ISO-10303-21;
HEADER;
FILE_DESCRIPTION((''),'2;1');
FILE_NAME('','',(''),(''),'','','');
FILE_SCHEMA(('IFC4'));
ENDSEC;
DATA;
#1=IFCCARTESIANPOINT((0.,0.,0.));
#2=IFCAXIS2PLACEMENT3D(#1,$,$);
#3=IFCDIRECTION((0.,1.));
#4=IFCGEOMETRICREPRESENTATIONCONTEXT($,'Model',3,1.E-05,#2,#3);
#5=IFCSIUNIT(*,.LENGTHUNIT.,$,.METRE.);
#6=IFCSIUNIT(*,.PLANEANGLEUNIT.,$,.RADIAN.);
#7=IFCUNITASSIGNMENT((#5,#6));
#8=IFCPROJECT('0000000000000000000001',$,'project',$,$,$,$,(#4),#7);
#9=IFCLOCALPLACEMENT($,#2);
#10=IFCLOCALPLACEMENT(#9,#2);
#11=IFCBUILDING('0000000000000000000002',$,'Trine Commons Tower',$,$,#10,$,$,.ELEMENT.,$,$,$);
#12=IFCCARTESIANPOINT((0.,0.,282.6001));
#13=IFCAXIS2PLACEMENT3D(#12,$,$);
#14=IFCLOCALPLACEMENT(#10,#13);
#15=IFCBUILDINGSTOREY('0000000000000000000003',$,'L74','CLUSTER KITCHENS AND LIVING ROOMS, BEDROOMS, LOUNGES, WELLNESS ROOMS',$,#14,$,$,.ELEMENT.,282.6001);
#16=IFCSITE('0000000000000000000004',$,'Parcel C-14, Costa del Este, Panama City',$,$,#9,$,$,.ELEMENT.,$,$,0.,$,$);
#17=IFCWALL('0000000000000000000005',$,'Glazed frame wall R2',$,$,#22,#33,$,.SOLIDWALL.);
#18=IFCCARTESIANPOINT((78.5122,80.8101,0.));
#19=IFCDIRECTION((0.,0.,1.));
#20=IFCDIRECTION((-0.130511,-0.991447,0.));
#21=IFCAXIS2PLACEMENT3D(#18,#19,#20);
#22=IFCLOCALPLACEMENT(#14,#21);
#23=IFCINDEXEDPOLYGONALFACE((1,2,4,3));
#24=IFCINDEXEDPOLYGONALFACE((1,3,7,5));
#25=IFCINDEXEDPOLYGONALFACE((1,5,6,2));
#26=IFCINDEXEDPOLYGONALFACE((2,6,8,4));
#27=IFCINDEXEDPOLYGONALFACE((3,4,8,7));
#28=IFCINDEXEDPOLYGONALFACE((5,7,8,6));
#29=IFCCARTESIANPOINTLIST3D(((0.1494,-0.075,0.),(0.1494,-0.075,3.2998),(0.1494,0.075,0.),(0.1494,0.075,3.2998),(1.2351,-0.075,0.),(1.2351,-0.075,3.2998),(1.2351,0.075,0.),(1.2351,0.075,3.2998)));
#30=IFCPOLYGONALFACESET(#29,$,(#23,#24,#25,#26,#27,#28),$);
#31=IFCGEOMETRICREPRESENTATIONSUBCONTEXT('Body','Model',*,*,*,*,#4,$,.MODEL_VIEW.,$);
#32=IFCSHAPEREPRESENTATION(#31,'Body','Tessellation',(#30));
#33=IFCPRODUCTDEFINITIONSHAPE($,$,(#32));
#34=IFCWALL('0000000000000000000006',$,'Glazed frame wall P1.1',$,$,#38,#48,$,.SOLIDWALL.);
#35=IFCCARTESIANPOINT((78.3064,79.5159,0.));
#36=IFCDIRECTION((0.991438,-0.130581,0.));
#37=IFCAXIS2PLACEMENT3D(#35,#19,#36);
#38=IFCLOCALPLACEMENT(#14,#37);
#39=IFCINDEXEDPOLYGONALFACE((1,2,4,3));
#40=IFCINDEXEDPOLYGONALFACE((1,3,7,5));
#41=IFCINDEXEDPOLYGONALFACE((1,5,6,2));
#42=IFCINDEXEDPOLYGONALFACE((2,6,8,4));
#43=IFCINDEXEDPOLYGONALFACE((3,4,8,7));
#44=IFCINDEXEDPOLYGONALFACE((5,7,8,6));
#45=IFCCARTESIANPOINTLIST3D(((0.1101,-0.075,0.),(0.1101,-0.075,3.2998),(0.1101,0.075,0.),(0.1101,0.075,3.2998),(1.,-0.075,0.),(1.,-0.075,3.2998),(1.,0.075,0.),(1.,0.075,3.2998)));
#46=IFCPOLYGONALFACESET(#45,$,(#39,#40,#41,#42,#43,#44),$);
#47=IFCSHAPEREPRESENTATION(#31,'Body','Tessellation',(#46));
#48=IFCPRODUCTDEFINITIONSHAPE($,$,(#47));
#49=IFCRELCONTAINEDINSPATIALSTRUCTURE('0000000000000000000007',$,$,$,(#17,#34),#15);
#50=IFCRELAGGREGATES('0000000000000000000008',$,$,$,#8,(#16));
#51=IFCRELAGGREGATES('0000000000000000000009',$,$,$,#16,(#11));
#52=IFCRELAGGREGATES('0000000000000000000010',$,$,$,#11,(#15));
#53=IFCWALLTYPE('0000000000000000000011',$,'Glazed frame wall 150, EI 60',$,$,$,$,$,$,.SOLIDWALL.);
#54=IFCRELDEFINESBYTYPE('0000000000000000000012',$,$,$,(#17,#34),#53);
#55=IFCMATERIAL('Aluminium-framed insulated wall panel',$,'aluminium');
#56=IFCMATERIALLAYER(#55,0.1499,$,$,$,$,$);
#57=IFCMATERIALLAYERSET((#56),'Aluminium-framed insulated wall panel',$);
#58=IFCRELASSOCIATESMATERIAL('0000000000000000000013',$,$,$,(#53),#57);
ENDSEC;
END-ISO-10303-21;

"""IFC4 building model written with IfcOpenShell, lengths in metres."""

from ifc_helpers import new_model, si_unit, direction, frame, origin, place, context, subcontext, project, spatial, polyline, outline, extrude, material, layer, layer_set, type_object, element, save


model = new_model("IFC4")

# Units and contexts
model_context = context("Model", 3, precision=1e-05, world=origin(), true_north=direction((0.0, 1.0)))
body_context = subcontext(model_context, "Body", "Model", "MODEL_VIEW")
ifc_project = project(units=[si_unit("LENGTHUNIT", "METRE"), si_unit("PLANEANGLEUNIT", "RADIAN")], contexts=[model_context])

# Site, building, storey
site_placement = place(None, origin())
site = spatial("IfcSite", under=ifc_project, at=site_placement, Name="Parcel C-14, Costa del Este, Panama City", CompositionType="ELEMENT", RefElevation=0.0)
building_placement = place(site_placement, origin())
building = spatial("IfcBuilding", under=site, at=building_placement, Name="Trine Commons Tower", CompositionType="ELEMENT")
storey_placement = place(building_placement, frame((0.0, 0.0, 282.6001)))
storey = spatial("IfcBuildingStorey", under=building, at=storey_placement, Name="L74", Description="CLUSTER KITCHENS AND LIVING ROOMS, BEDROOMS, LOUNGES, WELLNESS ROOMS", CompositionType="ELEMENT", Elevation=282.6001)

# Walls
ifc_material_1 = material(Name="Aluminium-framed insulated wall panel", Category="aluminium")
ifc_layer_1 = layer(ifc_material_1, 0.1499)
ifc_layer_set_1 = layer_set([ifc_layer_1], Name="Aluminium-framed insulated wall panel")
wall_type_1 = type_object("IfcWallType", Name="Glazed frame wall 150, EI 60", PredefinedType="SOLIDWALL", material=ifc_layer_set_1)
wall_1_placement = place(storey_placement, frame((78.5122, 80.8101, 0.0), z_axis=(0.0, 0.0, 1.0), x_axis=(-0.130511, -0.991447, 0.0)))
element("IfcWall", 1, at=wall_1_placement, inside=storey, type_object=wall_type_1, Name="Glazed frame wall R2", PredefinedType="SOLIDWALL", context=body_context, shape_type="SweptSolid", body=[
    extrude(outline(polyline([(0.1494, 0.075), (0.1494, -0.075), (1.2351, -0.075), (1.2351, 0.075), (0.1494, 0.075)])), origin(), (0.0, 0.0, 1.0), 3.2998),
])
wall_2_placement = place(storey_placement, frame((78.3064, 79.5159, 0.0), z_axis=(0.0, 0.0, 1.0), x_axis=(0.991438, -0.130581, 0.0)))
element("IfcWall", 2, at=wall_2_placement, inside=storey, type_object=wall_type_1, Name="Glazed frame wall P1.1", PredefinedType="SOLIDWALL", context=body_context, shape_type="SweptSolid", body=[
    extrude(outline(polyline([(0.1101, -0.075), (1.0, -0.075), (1.0, 0.075), (0.1101, 0.075), (0.1101, -0.075)])), origin(), (0.0, 0.0, 1.0), 3.2998),
])

save(model, "model.ifc")
